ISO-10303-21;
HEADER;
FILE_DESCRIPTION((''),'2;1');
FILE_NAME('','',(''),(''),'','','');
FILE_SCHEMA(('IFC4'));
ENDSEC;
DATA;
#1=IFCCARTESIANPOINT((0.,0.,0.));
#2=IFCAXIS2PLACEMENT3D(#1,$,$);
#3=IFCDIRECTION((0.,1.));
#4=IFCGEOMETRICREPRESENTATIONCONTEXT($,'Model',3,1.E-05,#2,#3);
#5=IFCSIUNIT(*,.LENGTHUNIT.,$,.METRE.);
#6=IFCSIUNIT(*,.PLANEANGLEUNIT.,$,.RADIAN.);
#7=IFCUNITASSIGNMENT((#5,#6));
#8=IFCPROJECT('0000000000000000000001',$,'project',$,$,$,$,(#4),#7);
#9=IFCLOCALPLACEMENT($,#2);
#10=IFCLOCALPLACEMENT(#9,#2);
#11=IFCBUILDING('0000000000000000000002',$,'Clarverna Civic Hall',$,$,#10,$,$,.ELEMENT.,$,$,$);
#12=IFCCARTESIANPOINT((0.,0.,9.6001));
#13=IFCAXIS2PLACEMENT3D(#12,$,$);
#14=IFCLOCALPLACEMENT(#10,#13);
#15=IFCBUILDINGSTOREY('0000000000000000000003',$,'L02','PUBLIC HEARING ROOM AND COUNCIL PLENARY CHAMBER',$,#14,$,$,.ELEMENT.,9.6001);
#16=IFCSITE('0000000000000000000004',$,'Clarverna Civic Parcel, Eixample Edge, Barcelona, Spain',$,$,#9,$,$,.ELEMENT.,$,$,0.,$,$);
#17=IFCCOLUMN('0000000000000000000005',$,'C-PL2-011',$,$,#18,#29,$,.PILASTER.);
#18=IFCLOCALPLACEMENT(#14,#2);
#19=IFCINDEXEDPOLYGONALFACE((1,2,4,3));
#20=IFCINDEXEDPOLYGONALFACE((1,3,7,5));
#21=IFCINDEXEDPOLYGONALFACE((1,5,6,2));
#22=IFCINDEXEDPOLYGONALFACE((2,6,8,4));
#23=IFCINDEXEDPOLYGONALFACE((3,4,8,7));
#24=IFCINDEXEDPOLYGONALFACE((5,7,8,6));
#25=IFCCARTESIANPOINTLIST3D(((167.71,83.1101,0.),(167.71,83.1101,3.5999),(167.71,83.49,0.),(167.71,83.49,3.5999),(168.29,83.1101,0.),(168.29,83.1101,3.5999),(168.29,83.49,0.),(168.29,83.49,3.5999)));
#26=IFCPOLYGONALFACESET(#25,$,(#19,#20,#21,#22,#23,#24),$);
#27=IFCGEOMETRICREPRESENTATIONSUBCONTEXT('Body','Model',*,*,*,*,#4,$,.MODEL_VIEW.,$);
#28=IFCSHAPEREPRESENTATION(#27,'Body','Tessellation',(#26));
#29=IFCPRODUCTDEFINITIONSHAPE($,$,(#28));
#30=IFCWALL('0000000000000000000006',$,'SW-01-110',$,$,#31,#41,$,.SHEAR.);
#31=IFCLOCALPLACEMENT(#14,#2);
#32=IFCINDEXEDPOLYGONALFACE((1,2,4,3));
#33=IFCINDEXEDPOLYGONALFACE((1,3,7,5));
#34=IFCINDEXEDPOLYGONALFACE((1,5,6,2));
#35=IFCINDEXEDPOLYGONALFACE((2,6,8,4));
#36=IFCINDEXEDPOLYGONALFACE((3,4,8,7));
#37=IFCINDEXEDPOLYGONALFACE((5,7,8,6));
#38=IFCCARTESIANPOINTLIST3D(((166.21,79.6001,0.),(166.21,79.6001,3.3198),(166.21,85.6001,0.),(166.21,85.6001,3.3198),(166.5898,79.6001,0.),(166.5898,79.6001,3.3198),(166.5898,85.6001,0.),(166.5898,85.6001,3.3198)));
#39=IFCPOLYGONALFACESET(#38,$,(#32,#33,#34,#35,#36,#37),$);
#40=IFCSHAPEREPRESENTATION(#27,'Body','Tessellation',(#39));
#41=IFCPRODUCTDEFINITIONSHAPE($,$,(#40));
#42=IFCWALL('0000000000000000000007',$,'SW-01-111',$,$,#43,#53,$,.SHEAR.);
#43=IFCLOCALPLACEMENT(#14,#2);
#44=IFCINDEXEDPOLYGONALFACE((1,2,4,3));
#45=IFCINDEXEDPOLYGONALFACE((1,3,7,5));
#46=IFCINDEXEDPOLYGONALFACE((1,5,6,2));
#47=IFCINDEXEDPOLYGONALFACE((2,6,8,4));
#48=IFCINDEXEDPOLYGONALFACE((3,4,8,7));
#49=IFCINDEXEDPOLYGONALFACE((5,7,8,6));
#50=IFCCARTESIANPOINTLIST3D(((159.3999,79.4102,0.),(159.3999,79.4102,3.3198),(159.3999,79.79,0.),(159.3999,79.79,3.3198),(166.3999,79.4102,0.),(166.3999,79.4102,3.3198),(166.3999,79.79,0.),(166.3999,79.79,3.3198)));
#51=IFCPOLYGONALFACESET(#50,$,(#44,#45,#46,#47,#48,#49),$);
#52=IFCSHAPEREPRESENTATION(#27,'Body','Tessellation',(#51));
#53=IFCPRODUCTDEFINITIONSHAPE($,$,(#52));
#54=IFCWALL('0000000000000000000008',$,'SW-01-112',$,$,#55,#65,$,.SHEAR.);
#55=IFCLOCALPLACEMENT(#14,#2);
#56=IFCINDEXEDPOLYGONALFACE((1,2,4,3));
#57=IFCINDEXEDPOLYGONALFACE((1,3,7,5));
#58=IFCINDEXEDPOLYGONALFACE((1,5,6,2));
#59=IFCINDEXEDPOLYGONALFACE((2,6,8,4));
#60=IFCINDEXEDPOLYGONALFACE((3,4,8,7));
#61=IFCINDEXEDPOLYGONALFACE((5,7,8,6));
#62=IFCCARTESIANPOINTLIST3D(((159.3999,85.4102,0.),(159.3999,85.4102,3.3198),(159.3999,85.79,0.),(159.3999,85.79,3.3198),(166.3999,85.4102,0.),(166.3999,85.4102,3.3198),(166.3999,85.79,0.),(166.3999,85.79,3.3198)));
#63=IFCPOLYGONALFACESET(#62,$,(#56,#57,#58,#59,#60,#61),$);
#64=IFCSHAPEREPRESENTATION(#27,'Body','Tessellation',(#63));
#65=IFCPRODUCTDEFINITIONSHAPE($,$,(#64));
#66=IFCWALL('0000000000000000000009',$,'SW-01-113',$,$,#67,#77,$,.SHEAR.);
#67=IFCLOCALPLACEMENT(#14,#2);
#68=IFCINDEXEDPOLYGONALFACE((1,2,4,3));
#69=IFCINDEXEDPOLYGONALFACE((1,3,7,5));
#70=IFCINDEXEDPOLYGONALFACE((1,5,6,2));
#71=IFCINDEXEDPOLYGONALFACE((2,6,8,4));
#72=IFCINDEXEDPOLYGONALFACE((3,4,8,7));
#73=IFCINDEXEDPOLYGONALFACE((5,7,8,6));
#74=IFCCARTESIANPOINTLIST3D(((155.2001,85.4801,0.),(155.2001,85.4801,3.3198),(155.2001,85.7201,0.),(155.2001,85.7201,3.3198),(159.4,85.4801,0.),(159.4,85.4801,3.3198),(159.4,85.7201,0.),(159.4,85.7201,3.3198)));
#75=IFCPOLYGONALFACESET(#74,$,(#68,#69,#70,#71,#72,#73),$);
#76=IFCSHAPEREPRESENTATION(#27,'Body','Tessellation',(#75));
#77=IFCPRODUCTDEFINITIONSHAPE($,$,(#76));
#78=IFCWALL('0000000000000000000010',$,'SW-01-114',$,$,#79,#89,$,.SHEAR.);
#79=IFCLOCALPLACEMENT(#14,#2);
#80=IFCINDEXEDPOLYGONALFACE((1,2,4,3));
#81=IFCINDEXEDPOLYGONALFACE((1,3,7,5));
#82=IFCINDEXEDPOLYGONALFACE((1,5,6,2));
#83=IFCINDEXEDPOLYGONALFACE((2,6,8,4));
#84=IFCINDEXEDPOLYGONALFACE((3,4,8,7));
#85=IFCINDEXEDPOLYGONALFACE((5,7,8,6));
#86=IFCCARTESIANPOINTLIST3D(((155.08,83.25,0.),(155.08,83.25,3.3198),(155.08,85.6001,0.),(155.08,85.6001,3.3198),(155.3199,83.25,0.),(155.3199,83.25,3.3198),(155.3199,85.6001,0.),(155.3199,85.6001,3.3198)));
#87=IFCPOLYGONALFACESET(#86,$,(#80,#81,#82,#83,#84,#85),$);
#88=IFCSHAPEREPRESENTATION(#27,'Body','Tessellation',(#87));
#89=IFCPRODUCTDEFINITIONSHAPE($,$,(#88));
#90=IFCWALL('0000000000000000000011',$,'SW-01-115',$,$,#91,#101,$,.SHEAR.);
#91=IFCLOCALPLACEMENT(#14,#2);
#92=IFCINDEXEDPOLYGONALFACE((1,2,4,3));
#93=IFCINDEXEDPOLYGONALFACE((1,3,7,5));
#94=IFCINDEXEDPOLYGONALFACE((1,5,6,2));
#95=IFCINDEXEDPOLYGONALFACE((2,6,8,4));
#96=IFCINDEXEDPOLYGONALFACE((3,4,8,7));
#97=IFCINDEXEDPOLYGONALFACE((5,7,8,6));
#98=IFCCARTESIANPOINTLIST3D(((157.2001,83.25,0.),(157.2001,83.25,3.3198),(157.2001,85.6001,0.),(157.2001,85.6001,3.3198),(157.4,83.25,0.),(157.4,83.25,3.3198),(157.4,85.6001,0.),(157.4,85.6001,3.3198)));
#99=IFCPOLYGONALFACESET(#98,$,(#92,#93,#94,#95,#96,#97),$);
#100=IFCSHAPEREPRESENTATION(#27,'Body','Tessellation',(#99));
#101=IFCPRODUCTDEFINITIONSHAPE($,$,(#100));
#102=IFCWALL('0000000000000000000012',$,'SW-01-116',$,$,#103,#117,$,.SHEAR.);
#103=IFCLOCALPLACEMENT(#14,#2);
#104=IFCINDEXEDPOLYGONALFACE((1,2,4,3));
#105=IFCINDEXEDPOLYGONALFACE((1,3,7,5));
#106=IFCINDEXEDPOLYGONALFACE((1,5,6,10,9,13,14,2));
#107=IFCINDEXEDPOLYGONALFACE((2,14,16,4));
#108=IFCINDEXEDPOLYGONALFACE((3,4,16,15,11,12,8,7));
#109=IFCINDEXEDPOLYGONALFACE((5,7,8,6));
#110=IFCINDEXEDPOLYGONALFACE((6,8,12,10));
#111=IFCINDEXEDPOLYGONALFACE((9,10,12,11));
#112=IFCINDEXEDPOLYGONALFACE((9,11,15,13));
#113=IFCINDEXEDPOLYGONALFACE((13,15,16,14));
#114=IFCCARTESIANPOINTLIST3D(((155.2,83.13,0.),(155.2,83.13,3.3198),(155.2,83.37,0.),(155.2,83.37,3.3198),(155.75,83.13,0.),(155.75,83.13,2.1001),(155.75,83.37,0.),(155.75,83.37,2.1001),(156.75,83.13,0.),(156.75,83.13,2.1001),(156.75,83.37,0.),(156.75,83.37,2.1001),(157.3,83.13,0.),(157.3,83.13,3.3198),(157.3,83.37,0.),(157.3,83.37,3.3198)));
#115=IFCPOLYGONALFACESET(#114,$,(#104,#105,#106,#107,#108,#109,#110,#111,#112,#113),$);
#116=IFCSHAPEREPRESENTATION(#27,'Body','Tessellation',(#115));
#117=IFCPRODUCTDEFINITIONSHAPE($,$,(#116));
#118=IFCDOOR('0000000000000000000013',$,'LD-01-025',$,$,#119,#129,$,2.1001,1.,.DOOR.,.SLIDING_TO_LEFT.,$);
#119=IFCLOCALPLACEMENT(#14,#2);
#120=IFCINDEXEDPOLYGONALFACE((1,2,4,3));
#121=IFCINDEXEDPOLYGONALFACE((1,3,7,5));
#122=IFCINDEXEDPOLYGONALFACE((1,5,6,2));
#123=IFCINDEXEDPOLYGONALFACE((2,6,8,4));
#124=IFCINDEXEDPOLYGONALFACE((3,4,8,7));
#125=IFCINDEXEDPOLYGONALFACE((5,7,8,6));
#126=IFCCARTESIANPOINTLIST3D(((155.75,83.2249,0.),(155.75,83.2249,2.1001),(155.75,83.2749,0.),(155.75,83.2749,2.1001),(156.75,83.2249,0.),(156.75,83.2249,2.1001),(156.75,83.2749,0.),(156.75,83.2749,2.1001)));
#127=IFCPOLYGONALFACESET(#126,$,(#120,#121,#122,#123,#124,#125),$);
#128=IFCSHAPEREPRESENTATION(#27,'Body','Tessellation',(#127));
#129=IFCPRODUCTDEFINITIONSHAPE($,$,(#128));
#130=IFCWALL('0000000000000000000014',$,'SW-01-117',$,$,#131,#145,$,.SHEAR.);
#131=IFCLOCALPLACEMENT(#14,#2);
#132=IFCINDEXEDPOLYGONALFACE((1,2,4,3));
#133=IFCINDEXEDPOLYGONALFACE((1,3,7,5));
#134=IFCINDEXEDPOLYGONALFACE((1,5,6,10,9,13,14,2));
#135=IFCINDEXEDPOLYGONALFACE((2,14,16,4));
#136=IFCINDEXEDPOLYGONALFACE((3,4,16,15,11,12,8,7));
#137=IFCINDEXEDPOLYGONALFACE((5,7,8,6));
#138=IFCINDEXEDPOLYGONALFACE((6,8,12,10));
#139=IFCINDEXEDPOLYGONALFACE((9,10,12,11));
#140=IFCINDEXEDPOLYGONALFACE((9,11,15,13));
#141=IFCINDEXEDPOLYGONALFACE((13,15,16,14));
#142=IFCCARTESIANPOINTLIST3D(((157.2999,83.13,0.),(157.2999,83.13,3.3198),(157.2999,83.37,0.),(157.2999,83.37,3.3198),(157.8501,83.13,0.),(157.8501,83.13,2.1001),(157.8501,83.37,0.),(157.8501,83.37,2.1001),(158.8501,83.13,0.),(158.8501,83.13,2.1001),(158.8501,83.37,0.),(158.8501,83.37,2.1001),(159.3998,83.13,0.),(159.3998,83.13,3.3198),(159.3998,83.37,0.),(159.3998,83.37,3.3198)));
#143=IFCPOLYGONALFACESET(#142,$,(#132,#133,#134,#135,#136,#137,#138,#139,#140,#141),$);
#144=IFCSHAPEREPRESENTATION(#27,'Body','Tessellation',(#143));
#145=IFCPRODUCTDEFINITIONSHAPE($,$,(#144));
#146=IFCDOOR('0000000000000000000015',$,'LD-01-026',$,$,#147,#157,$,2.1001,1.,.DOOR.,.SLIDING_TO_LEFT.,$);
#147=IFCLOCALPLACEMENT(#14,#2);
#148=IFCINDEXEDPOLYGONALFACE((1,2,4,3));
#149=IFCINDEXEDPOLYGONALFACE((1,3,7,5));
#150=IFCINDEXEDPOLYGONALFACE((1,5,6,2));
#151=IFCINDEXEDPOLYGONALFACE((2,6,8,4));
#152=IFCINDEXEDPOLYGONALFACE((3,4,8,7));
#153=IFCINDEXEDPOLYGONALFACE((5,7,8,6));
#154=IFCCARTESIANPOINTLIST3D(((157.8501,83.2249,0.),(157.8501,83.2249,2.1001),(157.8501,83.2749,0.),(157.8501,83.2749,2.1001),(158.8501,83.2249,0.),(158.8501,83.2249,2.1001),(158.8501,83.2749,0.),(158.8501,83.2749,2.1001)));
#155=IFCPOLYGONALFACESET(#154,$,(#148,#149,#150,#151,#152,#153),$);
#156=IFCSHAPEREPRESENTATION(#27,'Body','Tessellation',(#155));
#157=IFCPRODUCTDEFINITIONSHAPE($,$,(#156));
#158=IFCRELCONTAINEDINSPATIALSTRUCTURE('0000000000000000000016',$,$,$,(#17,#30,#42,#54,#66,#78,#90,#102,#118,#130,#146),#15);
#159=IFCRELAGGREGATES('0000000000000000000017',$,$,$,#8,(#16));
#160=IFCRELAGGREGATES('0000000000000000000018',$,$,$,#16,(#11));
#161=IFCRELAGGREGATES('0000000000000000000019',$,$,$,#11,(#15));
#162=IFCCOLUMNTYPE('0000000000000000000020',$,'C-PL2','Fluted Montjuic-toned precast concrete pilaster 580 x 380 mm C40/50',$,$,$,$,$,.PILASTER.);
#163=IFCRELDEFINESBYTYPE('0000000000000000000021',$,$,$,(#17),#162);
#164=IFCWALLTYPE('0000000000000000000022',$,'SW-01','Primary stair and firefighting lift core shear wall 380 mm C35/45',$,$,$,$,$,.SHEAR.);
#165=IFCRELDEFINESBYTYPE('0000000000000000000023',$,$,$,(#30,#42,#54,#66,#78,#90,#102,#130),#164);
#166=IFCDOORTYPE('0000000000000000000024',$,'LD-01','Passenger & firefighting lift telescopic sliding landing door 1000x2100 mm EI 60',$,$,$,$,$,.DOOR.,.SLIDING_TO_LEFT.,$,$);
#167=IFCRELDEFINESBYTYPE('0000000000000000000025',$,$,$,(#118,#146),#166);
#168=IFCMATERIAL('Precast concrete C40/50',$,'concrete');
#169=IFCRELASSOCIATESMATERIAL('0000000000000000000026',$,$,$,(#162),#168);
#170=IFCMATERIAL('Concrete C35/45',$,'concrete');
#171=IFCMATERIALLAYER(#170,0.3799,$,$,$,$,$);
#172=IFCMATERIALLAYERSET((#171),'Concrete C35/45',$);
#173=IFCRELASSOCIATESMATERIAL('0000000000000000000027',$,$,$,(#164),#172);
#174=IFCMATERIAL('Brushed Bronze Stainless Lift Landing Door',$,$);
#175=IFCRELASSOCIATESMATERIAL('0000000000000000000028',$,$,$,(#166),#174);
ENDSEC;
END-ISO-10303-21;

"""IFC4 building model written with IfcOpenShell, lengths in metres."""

from ifc_helpers import new_model, si_unit, direction, frame, frame_2d, origin, origin_2d, place, context, subcontext, project, spatial, rectangle, extrude, material, layer, layer_set, material_profile, profile_set, type_object, element, fill, save


model = new_model("IFC4")

# Units and contexts
model_context = context("Model", 3, precision=1e-05, world=origin(), true_north=direction((0.0, 1.0)))
body_context = subcontext(model_context, "Body", "Model", "MODEL_VIEW")
ifc_project = project(units=[si_unit("LENGTHUNIT", "METRE"), si_unit("PLANEANGLEUNIT", "RADIAN")], contexts=[model_context])

# Site, building, storey
site_placement = place(None, origin())
site = spatial("IfcSite", under=ifc_project, at=site_placement, Name="Clarverna Civic Parcel, Eixample Edge, Barcelona, Spain", CompositionType="ELEMENT", RefElevation=0.0)
building_placement = place(site_placement, origin())
building = spatial("IfcBuilding", under=site, at=building_placement, Name="Clarverna Civic Hall", CompositionType="ELEMENT")
storey_placement = place(building_placement, frame((0.0, 0.0, 9.6001)))
storey = spatial("IfcBuildingStorey", under=building, at=storey_placement, Name="L02", Description="PUBLIC HEARING ROOM AND COUNCIL PLENARY CHAMBER", CompositionType="ELEMENT", Elevation=9.6001)

# Column
ifc_material_1 = material(Name="Precast concrete C40/50", Category="concrete")
ifc_material_profile = material_profile(ifc_material_1, rectangle(XDim=0.5801, YDim=0.3799, at=origin_2d()), Name="PILASTER 580x380")
ifc_profile_set = profile_set([ifc_material_profile], Name="Precast concrete C40/50")
column_type = type_object("IfcColumnType", Name="C-PL2", Description="Fluted Montjuic-toned precast concrete pilaster 580 x 380 mm C40/50", PredefinedType="PILASTER", material=ifc_profile_set)
column_placement = place(storey_placement, frame((168.0, 83.3, 0.0), z_axis=(0.0, 0.0, 1.0), x_axis=(1.0, 0.0, 0.0)))
element("IfcColumn", 1, at=column_placement, inside=storey, type_object=column_type, Name="C-PL2-011", PredefinedType="PILASTER", context=body_context, shape_type="SweptSolid", body=[
    extrude(rectangle(XDim=0.5801, YDim=0.3799, at=origin_2d()), origin(), (0.0, 0.0, 1.0), 3.5999),
])

# Shared definitions
ifc_material_2 = material(Name="Concrete C35/45", Category="concrete")
ifc_layer_1 = layer(ifc_material_2, 0.3799)
ifc_layer_set_1 = layer_set([ifc_layer_1], Name="Concrete C35/45")
wall_type_1 = type_object("IfcWallType", Name="SW-01", Description="Primary stair and firefighting lift core shear wall 380 mm C35/45", PredefinedType="SHEAR", material=ifc_layer_set_1)

# Walls
wall_1_placement = place(storey_placement, frame((166.3999, 79.6001, 0.0), z_axis=(0.0, 0.0, 1.0), x_axis=(0.0, 1.0, 0.0)))
element("IfcWall", 2, at=wall_1_placement, inside=storey, type_object=wall_type_1, Name="SW-01-110", PredefinedType="SHEAR", context=body_context, shape_type="SweptSolid", body=[
    extrude(rectangle(XDim=6.0, YDim=0.3799, at=frame_2d((3.0, 0.0))), origin(), (0.0, 0.0, 1.0), 3.3198),
])
for number, where, z_axis, x_axis, name in (
    (3, (159.3999, 79.6001, 0.0), (0.0, 0.0, 1.0), (1.0, 0.0, 0.0), "SW-01-111"),
    (4, (159.3999, 85.6001, 0.0), (0.0, 0.0, 1.0), (1.0, 0.0, 0.0), "SW-01-112"),
):
    element("IfcWall", number, at=place(storey_placement, frame(where, z_axis=z_axis, x_axis=x_axis)), inside=storey, type_object=wall_type_1, Name=name, PredefinedType="SHEAR", context=body_context, shape_type="SweptSolid", body=[
        extrude(rectangle(XDim=7.0, YDim=0.3799, at=frame_2d((3.5, 0.0))), origin(), (0.0, 0.0, 1.0), 3.3198),
    ])
wall_2_placement = place(storey_placement, frame((155.2, 85.6001, 0.0), z_axis=(0.0, 0.0, 1.0), x_axis=(1.0, 0.0, 0.0)))
element("IfcWall", 5, at=wall_2_placement, inside=storey, type_object=wall_type_1, Name="SW-01-113", PredefinedType="SHEAR", context=body_context, shape_type="SweptSolid", body=[
    extrude(rectangle(XDim=4.2, YDim=0.24, at=frame_2d((2.1001, 0.0))), origin(), (0.0, 0.0, 1.0), 3.3198),
])
wall_3_placement = place(storey_placement, frame((155.2, 83.25, 0.0), z_axis=(0.0, 0.0, 1.0), x_axis=(0.0, 1.0, 0.0)))
element("IfcWall", 6, at=wall_3_placement, inside=storey, type_object=wall_type_1, Name="SW-01-114", PredefinedType="SHEAR", context=body_context, shape_type="SweptSolid", body=[
    extrude(rectangle(XDim=2.3501, YDim=0.24, at=frame_2d((1.175, 0.0))), origin(), (0.0, 0.0, 1.0), 3.3198),
])
wall_4_placement = place(storey_placement, frame((157.3, 83.25, 0.0), z_axis=(0.0, 0.0, 1.0), x_axis=(0.0, 1.0, 0.0)))
element("IfcWall", 7, at=wall_4_placement, inside=storey, type_object=wall_type_1, Name="SW-01-115", PredefinedType="SHEAR", context=body_context, shape_type="SweptSolid", body=[
    extrude(rectangle(XDim=2.3501, YDim=0.2, at=frame_2d((1.175, 0.0))), origin(), (0.0, 0.0, 1.0), 3.3198),
])

# Walls, openings, doors
wall_5_placement = place(storey_placement, frame((155.2, 83.25, 0.0), z_axis=(0.0, 0.0, 1.0), x_axis=(1.0, 0.0, 0.0)))
wall_5 = element("IfcWall", 8, at=wall_5_placement, inside=storey, type_object=wall_type_1, Name="SW-01-116", PredefinedType="SHEAR", context=body_context, shape_type="SweptSolid", body=[
    extrude(rectangle(XDim=2.1001, YDim=0.24, at=frame_2d((1.05, 0.0))), origin(), (0.0, 0.0, 1.0), 3.3198),
])
opening_1_placement = place(wall_5_placement, frame((0.55, 0.0, 0.0)))
opening_1 = element("IfcOpeningElement", 9, at=opening_1_placement, cuts=wall_5, PredefinedType="OPENING", context=body_context, shape_type="SweptSolid", body=[
    extrude(rectangle(XDim=1.0, YDim=2.1001, at=frame_2d((0.5, 1.05))), frame((0.0, 0.1299, 0.0), z_axis=(0.0, -1.0, 0.0), x_axis=(1.0, 0.0, 0.0)), (0.0, 0.0, 1.0), 0.26),
])
ifc_material_3 = material(Name="Brushed Bronze Stainless Lift Landing Door")
door_type_1 = type_object("IfcDoorType", Name="LD-01", Description="Passenger & firefighting lift telescopic sliding landing door 1000x2100 mm EI 60", OperationType="SLIDING_TO_LEFT", PredefinedType="DOOR", material=ifc_material_3)
door_1_placement = place(opening_1_placement, origin())
door_1 = element("IfcDoor", 10, at=door_1_placement, inside=storey, type_object=door_type_1, Name="LD-01-025", OperationType="SLIDING_TO_LEFT", OverallHeight=2.1001, OverallWidth=1.0, PredefinedType="DOOR", context=body_context, shape_type="SweptSolid", body=[
    extrude(rectangle(XDim=1.0, YDim=2.1001, at=frame_2d((0.5, 1.05))), frame((0.0, 0.0249, 0.0), z_axis=(0.0, -1.0, 0.0), x_axis=(1.0, 0.0, 0.0)), (0.0, 0.0, 1.0), 0.05),
])
fill(opening_1, door_1)
wall_6_placement = place(storey_placement, frame((157.3, 83.25, 0.0), z_axis=(0.0, 0.0, 1.0), x_axis=(1.0, 0.0, 0.0)))
wall_6 = element("IfcWall", 11, at=wall_6_placement, inside=storey, type_object=wall_type_1, Name="SW-01-117", PredefinedType="SHEAR", context=body_context, shape_type="SweptSolid", body=[
    extrude(rectangle(XDim=2.0999, YDim=0.24, at=frame_2d((1.0498, 0.0))), origin(), (0.0, 0.0, 1.0), 3.3198),
])
opening_2_placement = place(wall_6_placement, frame((0.55, 0.0, 0.0)))
opening_2 = element("IfcOpeningElement", 12, at=opening_2_placement, cuts=wall_6, PredefinedType="OPENING", context=body_context, shape_type="SweptSolid", body=[
    extrude(rectangle(XDim=1.0, YDim=2.1001, at=frame_2d((0.5, 1.05))), frame((0.0, 0.1299, 0.0), z_axis=(0.0, -1.0, 0.0), x_axis=(1.0, 0.0, 0.0)), (0.0, 0.0, 1.0), 0.26),
])
door_2_placement = place(opening_2_placement, origin())
door_2 = element("IfcDoor", 13, at=door_2_placement, inside=storey, type_object=door_type_1, Name="LD-01-026", OperationType="SLIDING_TO_LEFT", OverallHeight=2.1001, OverallWidth=1.0, PredefinedType="DOOR", context=body_context, shape_type="SweptSolid", body=[
    extrude(rectangle(XDim=1.0, YDim=2.1001, at=frame_2d((0.5, 1.05))), frame((0.0, 0.0249, 0.0), z_axis=(0.0, -1.0, 0.0), x_axis=(1.0, 0.0, 0.0)), (0.0, 0.0, 1.0), 0.05),
])
fill(opening_2, door_2)

save(model, "model.ifc")
